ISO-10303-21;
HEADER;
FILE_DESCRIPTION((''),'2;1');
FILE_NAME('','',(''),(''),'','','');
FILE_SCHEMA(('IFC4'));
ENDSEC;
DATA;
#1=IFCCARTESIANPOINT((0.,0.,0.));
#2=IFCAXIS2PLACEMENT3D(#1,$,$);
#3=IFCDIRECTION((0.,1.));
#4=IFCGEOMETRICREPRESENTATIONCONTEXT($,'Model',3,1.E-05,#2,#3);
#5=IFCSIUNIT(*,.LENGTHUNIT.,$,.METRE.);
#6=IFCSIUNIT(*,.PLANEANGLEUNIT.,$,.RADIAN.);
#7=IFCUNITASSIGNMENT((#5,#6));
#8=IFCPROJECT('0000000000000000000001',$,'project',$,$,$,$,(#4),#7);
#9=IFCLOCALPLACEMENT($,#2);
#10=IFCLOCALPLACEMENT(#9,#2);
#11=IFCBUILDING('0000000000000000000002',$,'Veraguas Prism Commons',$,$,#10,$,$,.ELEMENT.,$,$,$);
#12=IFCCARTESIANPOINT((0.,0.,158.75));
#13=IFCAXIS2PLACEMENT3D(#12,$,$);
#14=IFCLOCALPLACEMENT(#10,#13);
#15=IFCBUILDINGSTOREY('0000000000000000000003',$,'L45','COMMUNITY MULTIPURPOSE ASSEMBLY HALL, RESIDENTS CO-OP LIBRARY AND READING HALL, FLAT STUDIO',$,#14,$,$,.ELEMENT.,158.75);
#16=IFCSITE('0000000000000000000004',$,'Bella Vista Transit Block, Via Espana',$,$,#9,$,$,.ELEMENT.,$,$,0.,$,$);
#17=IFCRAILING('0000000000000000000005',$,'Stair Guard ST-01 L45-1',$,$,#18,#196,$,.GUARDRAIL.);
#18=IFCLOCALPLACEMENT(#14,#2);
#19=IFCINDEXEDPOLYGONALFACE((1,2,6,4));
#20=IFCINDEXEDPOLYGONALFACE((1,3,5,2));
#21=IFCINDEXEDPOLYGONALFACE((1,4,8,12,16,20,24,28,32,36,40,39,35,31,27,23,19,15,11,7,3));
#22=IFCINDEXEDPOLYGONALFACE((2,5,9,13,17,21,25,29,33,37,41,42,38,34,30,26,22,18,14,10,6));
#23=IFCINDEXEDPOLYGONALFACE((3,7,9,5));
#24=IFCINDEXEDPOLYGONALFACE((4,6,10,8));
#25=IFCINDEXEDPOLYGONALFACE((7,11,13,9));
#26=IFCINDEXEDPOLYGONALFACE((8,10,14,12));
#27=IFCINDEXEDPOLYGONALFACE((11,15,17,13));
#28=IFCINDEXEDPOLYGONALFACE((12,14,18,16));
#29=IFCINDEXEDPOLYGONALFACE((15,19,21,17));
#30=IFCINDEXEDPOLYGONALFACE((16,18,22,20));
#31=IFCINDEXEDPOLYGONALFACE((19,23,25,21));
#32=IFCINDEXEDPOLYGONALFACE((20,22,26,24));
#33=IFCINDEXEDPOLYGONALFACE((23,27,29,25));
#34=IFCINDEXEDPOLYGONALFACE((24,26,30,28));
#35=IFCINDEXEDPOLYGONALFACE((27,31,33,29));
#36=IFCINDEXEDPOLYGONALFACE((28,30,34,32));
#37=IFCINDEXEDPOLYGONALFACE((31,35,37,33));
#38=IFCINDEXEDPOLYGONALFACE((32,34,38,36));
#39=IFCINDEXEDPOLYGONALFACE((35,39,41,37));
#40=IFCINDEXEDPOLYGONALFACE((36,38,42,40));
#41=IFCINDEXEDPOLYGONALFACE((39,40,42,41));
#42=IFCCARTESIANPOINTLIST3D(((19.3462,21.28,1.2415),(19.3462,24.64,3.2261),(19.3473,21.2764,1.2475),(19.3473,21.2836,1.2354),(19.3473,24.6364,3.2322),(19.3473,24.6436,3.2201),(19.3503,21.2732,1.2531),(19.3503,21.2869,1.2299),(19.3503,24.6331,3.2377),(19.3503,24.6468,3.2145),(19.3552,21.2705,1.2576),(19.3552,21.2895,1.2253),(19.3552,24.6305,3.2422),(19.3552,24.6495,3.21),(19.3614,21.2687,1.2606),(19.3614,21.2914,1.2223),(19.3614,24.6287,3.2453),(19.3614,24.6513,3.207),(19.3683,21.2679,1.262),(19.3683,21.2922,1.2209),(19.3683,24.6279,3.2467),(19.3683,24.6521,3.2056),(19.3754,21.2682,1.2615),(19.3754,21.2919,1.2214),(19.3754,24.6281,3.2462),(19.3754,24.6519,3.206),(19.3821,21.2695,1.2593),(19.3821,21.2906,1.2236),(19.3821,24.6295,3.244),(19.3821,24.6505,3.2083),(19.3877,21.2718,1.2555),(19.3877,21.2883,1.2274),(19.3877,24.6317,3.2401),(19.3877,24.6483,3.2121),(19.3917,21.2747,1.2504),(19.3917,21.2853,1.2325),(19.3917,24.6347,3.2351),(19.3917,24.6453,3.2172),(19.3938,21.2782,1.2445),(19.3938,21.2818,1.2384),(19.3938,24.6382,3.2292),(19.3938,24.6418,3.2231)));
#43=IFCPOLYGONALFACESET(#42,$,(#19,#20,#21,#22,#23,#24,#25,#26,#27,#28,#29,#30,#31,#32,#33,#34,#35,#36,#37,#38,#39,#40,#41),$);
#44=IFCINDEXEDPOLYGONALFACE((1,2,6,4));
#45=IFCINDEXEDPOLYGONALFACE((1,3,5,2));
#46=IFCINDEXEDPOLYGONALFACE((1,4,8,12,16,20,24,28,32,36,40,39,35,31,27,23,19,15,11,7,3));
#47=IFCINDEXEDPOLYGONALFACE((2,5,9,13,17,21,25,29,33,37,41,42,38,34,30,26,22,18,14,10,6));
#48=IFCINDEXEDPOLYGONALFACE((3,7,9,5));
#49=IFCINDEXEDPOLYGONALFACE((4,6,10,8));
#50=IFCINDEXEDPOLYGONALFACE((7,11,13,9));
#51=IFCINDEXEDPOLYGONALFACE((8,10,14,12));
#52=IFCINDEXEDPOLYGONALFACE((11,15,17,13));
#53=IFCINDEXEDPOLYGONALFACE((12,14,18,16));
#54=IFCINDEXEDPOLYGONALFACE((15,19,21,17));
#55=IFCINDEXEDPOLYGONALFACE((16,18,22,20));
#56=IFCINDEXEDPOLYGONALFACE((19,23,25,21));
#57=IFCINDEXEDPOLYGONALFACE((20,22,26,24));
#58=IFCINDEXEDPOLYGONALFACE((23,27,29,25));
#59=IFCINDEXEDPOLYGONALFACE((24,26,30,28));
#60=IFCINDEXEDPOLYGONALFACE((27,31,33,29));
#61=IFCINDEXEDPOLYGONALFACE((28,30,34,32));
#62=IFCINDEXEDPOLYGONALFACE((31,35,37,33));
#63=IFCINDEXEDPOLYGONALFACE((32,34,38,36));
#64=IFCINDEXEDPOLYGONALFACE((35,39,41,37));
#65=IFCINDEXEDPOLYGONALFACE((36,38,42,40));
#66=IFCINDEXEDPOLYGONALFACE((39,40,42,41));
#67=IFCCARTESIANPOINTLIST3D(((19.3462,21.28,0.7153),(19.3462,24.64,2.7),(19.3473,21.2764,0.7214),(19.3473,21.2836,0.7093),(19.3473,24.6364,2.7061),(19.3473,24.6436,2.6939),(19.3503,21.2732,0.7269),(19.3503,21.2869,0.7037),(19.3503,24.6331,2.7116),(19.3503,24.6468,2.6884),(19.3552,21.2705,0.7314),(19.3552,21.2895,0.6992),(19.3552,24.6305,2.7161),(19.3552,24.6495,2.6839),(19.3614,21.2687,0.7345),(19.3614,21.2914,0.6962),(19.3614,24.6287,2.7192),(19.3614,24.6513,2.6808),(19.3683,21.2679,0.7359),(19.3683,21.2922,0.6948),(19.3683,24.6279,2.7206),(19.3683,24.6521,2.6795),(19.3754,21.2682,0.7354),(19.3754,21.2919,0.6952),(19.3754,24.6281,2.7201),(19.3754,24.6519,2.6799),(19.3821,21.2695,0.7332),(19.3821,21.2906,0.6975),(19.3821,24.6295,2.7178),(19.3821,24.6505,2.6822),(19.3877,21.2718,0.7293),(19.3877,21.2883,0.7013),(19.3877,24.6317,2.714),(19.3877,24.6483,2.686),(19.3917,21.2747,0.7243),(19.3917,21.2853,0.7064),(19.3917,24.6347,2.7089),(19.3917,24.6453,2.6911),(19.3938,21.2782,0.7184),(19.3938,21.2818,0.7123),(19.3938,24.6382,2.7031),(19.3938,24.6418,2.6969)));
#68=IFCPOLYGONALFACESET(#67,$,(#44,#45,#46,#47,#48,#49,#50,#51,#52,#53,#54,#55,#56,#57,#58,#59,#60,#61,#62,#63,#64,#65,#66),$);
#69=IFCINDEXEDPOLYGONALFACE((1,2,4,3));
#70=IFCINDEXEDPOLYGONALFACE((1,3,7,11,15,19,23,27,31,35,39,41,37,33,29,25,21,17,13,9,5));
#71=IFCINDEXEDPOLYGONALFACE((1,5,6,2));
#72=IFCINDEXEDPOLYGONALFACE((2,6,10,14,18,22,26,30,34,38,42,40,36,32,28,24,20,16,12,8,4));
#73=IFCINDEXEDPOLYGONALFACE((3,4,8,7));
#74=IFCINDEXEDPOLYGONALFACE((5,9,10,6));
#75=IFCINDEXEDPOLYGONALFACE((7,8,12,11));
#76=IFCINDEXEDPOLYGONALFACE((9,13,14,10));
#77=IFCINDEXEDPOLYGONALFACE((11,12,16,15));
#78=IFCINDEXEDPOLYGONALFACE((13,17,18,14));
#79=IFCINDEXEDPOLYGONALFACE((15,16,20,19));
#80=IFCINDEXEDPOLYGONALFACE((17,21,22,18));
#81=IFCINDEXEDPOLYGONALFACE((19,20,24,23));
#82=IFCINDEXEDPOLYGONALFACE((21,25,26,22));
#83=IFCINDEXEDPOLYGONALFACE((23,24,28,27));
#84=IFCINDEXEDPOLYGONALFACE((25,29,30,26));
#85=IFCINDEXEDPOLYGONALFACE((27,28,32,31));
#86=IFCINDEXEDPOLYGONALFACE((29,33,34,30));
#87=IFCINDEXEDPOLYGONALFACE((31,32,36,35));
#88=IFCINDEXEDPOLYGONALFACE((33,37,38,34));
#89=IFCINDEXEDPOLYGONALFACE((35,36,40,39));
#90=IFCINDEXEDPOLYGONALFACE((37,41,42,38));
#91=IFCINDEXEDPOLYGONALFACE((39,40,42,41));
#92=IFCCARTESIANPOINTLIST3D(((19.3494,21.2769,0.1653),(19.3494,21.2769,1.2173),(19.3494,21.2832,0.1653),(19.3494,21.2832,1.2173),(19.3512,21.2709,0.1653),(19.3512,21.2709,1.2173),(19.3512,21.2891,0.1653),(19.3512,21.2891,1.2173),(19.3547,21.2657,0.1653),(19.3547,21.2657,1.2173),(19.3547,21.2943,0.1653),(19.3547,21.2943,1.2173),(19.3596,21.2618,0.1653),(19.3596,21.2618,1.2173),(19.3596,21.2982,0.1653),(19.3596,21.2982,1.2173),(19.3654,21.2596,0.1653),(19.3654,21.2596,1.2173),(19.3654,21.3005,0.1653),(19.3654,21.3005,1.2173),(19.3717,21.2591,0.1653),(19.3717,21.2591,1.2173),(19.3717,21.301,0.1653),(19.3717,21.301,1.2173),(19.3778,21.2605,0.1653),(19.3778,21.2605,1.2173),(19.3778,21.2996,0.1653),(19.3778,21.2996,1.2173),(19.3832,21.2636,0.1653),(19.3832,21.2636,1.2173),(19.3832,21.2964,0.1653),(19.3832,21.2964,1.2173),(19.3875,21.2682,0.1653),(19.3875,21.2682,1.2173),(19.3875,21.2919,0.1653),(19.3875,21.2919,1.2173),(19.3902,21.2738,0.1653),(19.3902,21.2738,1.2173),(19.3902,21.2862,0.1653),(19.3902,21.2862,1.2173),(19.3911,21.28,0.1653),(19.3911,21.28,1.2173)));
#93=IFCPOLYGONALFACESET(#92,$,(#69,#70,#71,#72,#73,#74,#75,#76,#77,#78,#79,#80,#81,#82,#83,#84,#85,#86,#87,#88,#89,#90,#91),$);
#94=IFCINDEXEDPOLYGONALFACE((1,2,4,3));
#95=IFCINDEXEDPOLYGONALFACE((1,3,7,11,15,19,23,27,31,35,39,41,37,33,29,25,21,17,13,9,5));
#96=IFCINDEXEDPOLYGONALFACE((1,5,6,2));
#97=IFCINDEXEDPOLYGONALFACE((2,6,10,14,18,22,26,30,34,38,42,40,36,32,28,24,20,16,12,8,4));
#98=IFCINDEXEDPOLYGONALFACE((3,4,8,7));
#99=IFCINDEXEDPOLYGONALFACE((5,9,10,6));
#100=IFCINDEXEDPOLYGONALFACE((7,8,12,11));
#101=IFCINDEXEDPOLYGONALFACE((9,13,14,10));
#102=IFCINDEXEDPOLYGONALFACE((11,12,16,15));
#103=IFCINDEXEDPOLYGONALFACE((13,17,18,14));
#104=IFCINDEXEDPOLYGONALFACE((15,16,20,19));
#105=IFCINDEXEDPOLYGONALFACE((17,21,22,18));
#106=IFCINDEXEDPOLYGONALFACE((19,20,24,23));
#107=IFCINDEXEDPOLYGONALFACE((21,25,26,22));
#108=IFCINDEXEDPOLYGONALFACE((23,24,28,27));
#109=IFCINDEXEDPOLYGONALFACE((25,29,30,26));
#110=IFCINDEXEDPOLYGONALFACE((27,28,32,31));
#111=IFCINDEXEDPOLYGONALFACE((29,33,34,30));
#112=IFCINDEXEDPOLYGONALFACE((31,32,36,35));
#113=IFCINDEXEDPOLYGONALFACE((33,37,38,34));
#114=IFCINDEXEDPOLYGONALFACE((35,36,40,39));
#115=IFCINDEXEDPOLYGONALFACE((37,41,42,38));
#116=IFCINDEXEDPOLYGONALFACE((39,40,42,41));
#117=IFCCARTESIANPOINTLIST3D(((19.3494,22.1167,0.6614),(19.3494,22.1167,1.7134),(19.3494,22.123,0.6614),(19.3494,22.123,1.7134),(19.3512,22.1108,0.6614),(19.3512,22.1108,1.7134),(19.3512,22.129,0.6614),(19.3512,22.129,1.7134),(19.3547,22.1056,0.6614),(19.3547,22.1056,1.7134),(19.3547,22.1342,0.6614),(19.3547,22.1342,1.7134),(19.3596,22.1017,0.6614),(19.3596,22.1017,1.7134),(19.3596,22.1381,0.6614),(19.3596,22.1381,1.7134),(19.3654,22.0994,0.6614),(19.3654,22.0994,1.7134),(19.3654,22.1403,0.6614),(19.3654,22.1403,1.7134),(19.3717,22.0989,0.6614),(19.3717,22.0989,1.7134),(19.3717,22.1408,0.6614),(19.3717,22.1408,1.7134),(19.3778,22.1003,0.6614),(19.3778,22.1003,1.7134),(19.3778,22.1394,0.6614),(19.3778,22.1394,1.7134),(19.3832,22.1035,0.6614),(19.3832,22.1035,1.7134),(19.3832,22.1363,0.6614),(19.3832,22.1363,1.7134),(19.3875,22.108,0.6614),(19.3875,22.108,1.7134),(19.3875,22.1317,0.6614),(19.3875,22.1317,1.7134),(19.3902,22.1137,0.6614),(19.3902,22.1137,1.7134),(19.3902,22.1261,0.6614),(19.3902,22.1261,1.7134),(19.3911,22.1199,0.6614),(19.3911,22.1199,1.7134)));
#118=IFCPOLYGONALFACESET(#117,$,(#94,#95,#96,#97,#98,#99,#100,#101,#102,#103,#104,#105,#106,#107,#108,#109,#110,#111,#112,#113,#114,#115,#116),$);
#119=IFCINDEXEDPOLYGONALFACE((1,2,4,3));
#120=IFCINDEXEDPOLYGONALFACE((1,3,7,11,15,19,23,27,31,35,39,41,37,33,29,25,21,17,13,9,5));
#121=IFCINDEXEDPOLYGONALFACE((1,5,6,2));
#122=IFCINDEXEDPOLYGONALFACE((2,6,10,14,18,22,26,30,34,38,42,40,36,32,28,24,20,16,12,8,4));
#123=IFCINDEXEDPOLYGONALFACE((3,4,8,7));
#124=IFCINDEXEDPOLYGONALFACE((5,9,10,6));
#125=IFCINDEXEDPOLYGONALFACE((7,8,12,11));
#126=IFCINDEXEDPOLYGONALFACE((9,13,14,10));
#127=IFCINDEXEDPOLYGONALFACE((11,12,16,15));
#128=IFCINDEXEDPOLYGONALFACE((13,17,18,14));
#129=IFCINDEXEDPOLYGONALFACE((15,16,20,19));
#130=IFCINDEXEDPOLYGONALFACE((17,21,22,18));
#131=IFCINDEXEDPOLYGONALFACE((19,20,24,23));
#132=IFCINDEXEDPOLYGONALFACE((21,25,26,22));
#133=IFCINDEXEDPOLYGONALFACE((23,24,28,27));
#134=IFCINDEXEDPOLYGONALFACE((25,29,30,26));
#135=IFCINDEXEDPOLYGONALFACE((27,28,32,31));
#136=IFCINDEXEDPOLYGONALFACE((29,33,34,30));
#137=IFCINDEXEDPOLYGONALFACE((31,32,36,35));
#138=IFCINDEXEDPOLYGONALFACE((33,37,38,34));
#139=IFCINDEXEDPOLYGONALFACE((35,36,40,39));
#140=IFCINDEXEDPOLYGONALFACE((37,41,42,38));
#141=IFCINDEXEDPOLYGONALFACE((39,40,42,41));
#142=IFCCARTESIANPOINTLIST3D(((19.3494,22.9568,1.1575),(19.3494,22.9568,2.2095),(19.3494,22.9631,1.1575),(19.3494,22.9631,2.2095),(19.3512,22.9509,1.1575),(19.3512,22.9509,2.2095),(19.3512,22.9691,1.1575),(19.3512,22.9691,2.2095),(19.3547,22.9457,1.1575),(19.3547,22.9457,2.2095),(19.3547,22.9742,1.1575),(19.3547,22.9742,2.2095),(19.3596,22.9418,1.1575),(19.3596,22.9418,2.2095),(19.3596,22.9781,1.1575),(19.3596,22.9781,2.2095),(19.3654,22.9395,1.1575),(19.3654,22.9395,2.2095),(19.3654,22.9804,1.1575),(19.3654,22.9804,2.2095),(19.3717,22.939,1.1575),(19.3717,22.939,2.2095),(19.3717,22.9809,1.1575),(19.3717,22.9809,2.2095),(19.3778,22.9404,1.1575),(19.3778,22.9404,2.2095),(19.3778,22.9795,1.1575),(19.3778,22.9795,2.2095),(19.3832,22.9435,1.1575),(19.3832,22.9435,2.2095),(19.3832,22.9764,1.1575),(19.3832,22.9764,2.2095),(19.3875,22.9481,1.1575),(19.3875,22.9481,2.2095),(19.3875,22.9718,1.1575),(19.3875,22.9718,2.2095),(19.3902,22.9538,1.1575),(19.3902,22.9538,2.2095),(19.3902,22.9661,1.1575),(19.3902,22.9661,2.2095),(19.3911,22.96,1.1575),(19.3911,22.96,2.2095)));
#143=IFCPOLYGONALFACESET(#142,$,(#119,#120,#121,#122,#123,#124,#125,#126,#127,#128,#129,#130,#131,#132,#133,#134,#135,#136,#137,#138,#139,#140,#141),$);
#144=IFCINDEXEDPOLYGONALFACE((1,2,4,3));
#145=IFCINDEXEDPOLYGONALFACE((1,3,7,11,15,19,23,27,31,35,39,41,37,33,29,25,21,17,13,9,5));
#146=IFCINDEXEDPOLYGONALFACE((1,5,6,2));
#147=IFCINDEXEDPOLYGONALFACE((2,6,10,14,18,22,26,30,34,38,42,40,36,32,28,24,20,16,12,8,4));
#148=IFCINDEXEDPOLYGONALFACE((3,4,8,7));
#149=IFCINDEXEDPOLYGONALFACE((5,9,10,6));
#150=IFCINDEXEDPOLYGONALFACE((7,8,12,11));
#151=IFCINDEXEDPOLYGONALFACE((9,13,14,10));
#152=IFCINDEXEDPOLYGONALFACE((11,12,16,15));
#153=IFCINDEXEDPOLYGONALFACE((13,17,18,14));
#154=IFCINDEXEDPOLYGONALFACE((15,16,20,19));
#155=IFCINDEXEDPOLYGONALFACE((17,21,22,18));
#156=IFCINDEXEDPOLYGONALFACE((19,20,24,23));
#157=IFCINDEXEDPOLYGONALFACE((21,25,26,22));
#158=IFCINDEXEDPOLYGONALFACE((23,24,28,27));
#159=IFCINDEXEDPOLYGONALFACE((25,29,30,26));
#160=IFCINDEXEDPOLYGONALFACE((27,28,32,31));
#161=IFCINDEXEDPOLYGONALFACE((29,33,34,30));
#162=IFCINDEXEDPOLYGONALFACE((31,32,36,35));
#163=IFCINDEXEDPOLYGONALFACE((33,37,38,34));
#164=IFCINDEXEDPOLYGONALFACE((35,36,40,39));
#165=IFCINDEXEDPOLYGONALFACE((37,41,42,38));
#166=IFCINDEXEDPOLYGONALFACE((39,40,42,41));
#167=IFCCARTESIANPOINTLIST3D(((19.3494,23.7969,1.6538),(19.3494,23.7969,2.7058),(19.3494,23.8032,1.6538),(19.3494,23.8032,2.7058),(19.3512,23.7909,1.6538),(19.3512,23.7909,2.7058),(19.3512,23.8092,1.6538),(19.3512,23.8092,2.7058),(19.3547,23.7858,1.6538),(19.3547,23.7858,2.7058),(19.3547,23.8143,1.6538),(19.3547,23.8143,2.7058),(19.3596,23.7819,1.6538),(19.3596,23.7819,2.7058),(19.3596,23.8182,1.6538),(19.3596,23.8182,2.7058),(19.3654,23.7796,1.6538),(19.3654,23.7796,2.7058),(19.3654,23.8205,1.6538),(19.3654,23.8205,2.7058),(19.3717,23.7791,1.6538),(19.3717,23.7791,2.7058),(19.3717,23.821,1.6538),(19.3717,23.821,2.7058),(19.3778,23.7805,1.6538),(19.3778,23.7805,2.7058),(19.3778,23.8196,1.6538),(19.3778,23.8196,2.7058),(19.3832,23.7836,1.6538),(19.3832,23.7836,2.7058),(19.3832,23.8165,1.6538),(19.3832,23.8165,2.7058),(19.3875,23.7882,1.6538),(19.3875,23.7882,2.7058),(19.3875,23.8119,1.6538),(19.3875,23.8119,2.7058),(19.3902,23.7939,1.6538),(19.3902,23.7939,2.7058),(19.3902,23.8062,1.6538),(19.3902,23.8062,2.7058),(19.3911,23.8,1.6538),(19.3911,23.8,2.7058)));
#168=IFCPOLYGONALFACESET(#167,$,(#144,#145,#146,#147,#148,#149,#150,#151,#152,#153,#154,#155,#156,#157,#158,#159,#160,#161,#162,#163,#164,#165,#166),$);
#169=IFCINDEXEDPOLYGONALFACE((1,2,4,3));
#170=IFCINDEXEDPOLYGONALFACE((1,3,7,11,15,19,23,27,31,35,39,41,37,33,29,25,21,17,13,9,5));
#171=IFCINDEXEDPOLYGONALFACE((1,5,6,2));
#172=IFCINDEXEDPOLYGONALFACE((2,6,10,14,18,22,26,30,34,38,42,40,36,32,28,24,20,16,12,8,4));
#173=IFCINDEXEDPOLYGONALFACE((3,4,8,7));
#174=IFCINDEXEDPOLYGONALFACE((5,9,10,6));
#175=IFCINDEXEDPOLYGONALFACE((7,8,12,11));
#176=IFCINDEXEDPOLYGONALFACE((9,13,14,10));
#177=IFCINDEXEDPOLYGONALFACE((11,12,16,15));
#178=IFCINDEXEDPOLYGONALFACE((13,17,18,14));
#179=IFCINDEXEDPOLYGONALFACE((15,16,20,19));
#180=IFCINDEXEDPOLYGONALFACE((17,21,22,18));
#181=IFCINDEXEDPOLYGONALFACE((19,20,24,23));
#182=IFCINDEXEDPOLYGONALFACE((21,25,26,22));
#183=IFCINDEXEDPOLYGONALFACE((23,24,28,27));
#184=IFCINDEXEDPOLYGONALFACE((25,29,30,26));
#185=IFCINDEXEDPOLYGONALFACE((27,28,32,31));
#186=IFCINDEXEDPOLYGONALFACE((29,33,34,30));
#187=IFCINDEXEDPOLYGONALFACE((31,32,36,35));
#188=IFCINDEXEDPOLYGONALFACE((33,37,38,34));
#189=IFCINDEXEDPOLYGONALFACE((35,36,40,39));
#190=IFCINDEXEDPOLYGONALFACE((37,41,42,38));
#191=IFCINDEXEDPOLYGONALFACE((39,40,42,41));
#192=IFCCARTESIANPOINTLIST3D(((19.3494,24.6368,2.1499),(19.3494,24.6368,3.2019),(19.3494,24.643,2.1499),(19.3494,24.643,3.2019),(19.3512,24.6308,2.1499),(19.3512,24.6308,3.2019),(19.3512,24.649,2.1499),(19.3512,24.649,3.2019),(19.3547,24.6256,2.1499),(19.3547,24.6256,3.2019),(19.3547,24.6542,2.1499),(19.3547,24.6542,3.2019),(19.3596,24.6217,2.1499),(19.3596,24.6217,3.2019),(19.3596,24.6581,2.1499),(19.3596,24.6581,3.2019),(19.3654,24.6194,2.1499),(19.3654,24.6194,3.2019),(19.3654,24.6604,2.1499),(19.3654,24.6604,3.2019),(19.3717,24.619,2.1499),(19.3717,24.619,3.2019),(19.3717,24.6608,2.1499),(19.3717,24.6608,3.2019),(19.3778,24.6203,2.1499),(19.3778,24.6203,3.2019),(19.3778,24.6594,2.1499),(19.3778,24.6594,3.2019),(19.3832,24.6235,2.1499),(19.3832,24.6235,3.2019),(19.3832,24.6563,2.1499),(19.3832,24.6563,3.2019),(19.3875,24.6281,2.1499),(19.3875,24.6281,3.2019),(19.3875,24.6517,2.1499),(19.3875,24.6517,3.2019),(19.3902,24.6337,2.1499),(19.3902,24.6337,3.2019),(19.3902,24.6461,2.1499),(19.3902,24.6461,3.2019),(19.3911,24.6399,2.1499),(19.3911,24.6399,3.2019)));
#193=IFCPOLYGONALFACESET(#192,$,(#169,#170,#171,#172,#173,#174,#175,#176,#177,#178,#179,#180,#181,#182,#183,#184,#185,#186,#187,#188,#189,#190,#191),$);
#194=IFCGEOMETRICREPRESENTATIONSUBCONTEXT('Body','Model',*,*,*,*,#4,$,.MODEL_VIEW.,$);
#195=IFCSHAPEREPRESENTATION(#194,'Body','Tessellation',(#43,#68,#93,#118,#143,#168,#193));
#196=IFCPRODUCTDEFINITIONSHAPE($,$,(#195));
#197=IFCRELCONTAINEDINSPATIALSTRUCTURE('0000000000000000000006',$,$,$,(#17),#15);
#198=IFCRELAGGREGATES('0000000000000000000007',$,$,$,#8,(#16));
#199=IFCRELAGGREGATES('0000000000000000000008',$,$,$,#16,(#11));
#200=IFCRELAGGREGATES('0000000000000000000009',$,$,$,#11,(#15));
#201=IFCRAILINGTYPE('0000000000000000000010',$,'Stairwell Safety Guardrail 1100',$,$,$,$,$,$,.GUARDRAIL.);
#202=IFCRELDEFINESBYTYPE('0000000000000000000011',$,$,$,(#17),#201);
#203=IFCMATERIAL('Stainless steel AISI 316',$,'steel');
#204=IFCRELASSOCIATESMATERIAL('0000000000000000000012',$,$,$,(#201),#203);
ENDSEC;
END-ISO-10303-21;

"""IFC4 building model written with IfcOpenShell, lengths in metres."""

from ifc_helpers import new_model, si_unit, direction, frame, origin, origin_2d, place, context, subcontext, project, spatial, circle, extrude, material, type_object, element, save


model = new_model("IFC4")

# Units and contexts
model_context = context("Model", 3, precision=1e-05, world=origin(), true_north=direction((0.0, 1.0)))
body_context = subcontext(model_context, "Body", "Model", "MODEL_VIEW")
ifc_project = project(units=[si_unit("LENGTHUNIT", "METRE"), si_unit("PLANEANGLEUNIT", "RADIAN")], contexts=[model_context])

# Site, building, storey
site_placement = place(None, origin())
site = spatial("IfcSite", under=ifc_project, at=site_placement, Name="Bella Vista Transit Block, Via Espana", CompositionType="ELEMENT", RefElevation=0.0)
building_placement = place(site_placement, origin())
building = spatial("IfcBuilding", under=site, at=building_placement, Name="Veraguas Prism Commons", CompositionType="ELEMENT")
storey_placement = place(building_placement, frame((0.0, 0.0, 158.75)))
storey = spatial("IfcBuildingStorey", under=building, at=storey_placement, Name="L45", Description="COMMUNITY MULTIPURPOSE ASSEMBLY HALL, RESIDENTS CO-OP LIBRARY AND READING HALL, FLAT STUDIO", CompositionType="ELEMENT", Elevation=158.75)

# Railing
ifc_material_1 = material(Name="Stainless steel AISI 316", Category="steel")
railing_type_1 = type_object("IfcRailingType", Name="Stairwell Safety Guardrail 1100", PredefinedType="GUARDRAIL", material=ifc_material_1)
railing_1_placement = place(storey_placement, frame((19.3701, 21.28, 0.1653)))
element("IfcRailing", 1, at=railing_1_placement, inside=storey, type_object=railing_type_1, Name="Stair Guard ST-01 L45-1", PredefinedType="GUARDRAIL", context=body_context, shape_type="SweptSolid", body=[
    extrude(circle(Radius=0.0239, at=origin_2d()), frame((0.0, 0.0, 1.0762), z_axis=(0.0, 0.861011, 0.508586), x_axis=(-1.0, 0.0, 0.0)), (0.0, 0.0, 1.0), 3.9023),
    extrude(circle(Radius=0.0239, at=origin_2d()), frame((0.0, 0.0, 0.55), z_axis=(0.0, 0.861011, 0.508586), x_axis=(-1.0, 0.0, 0.0)), (0.0, 0.0, 1.0), 3.9023),
    extrude(circle(Radius=0.021, at=origin_2d()), origin(), (0.0, 0.0, 1.0), 1.052),
    extrude(circle(Radius=0.021, at=origin_2d()), frame((0.0, 0.8398, 0.4961)), (0.0, 0.0, 1.0), 1.052),
    extrude(circle(Radius=0.021, at=origin_2d()), frame((0.0, 1.6799, 0.9922)), (0.0, 0.0, 1.0), 1.052),
    extrude(circle(Radius=0.021, at=origin_2d()), frame((0.0, 2.52, 1.4885)), (0.0, 0.0, 1.0), 1.052),
    extrude(circle(Radius=0.021, at=origin_2d()), frame((0.0, 3.3599, 1.9846)), (0.0, 0.0, 1.0), 1.052),
])

save(model, "model.ifc")
